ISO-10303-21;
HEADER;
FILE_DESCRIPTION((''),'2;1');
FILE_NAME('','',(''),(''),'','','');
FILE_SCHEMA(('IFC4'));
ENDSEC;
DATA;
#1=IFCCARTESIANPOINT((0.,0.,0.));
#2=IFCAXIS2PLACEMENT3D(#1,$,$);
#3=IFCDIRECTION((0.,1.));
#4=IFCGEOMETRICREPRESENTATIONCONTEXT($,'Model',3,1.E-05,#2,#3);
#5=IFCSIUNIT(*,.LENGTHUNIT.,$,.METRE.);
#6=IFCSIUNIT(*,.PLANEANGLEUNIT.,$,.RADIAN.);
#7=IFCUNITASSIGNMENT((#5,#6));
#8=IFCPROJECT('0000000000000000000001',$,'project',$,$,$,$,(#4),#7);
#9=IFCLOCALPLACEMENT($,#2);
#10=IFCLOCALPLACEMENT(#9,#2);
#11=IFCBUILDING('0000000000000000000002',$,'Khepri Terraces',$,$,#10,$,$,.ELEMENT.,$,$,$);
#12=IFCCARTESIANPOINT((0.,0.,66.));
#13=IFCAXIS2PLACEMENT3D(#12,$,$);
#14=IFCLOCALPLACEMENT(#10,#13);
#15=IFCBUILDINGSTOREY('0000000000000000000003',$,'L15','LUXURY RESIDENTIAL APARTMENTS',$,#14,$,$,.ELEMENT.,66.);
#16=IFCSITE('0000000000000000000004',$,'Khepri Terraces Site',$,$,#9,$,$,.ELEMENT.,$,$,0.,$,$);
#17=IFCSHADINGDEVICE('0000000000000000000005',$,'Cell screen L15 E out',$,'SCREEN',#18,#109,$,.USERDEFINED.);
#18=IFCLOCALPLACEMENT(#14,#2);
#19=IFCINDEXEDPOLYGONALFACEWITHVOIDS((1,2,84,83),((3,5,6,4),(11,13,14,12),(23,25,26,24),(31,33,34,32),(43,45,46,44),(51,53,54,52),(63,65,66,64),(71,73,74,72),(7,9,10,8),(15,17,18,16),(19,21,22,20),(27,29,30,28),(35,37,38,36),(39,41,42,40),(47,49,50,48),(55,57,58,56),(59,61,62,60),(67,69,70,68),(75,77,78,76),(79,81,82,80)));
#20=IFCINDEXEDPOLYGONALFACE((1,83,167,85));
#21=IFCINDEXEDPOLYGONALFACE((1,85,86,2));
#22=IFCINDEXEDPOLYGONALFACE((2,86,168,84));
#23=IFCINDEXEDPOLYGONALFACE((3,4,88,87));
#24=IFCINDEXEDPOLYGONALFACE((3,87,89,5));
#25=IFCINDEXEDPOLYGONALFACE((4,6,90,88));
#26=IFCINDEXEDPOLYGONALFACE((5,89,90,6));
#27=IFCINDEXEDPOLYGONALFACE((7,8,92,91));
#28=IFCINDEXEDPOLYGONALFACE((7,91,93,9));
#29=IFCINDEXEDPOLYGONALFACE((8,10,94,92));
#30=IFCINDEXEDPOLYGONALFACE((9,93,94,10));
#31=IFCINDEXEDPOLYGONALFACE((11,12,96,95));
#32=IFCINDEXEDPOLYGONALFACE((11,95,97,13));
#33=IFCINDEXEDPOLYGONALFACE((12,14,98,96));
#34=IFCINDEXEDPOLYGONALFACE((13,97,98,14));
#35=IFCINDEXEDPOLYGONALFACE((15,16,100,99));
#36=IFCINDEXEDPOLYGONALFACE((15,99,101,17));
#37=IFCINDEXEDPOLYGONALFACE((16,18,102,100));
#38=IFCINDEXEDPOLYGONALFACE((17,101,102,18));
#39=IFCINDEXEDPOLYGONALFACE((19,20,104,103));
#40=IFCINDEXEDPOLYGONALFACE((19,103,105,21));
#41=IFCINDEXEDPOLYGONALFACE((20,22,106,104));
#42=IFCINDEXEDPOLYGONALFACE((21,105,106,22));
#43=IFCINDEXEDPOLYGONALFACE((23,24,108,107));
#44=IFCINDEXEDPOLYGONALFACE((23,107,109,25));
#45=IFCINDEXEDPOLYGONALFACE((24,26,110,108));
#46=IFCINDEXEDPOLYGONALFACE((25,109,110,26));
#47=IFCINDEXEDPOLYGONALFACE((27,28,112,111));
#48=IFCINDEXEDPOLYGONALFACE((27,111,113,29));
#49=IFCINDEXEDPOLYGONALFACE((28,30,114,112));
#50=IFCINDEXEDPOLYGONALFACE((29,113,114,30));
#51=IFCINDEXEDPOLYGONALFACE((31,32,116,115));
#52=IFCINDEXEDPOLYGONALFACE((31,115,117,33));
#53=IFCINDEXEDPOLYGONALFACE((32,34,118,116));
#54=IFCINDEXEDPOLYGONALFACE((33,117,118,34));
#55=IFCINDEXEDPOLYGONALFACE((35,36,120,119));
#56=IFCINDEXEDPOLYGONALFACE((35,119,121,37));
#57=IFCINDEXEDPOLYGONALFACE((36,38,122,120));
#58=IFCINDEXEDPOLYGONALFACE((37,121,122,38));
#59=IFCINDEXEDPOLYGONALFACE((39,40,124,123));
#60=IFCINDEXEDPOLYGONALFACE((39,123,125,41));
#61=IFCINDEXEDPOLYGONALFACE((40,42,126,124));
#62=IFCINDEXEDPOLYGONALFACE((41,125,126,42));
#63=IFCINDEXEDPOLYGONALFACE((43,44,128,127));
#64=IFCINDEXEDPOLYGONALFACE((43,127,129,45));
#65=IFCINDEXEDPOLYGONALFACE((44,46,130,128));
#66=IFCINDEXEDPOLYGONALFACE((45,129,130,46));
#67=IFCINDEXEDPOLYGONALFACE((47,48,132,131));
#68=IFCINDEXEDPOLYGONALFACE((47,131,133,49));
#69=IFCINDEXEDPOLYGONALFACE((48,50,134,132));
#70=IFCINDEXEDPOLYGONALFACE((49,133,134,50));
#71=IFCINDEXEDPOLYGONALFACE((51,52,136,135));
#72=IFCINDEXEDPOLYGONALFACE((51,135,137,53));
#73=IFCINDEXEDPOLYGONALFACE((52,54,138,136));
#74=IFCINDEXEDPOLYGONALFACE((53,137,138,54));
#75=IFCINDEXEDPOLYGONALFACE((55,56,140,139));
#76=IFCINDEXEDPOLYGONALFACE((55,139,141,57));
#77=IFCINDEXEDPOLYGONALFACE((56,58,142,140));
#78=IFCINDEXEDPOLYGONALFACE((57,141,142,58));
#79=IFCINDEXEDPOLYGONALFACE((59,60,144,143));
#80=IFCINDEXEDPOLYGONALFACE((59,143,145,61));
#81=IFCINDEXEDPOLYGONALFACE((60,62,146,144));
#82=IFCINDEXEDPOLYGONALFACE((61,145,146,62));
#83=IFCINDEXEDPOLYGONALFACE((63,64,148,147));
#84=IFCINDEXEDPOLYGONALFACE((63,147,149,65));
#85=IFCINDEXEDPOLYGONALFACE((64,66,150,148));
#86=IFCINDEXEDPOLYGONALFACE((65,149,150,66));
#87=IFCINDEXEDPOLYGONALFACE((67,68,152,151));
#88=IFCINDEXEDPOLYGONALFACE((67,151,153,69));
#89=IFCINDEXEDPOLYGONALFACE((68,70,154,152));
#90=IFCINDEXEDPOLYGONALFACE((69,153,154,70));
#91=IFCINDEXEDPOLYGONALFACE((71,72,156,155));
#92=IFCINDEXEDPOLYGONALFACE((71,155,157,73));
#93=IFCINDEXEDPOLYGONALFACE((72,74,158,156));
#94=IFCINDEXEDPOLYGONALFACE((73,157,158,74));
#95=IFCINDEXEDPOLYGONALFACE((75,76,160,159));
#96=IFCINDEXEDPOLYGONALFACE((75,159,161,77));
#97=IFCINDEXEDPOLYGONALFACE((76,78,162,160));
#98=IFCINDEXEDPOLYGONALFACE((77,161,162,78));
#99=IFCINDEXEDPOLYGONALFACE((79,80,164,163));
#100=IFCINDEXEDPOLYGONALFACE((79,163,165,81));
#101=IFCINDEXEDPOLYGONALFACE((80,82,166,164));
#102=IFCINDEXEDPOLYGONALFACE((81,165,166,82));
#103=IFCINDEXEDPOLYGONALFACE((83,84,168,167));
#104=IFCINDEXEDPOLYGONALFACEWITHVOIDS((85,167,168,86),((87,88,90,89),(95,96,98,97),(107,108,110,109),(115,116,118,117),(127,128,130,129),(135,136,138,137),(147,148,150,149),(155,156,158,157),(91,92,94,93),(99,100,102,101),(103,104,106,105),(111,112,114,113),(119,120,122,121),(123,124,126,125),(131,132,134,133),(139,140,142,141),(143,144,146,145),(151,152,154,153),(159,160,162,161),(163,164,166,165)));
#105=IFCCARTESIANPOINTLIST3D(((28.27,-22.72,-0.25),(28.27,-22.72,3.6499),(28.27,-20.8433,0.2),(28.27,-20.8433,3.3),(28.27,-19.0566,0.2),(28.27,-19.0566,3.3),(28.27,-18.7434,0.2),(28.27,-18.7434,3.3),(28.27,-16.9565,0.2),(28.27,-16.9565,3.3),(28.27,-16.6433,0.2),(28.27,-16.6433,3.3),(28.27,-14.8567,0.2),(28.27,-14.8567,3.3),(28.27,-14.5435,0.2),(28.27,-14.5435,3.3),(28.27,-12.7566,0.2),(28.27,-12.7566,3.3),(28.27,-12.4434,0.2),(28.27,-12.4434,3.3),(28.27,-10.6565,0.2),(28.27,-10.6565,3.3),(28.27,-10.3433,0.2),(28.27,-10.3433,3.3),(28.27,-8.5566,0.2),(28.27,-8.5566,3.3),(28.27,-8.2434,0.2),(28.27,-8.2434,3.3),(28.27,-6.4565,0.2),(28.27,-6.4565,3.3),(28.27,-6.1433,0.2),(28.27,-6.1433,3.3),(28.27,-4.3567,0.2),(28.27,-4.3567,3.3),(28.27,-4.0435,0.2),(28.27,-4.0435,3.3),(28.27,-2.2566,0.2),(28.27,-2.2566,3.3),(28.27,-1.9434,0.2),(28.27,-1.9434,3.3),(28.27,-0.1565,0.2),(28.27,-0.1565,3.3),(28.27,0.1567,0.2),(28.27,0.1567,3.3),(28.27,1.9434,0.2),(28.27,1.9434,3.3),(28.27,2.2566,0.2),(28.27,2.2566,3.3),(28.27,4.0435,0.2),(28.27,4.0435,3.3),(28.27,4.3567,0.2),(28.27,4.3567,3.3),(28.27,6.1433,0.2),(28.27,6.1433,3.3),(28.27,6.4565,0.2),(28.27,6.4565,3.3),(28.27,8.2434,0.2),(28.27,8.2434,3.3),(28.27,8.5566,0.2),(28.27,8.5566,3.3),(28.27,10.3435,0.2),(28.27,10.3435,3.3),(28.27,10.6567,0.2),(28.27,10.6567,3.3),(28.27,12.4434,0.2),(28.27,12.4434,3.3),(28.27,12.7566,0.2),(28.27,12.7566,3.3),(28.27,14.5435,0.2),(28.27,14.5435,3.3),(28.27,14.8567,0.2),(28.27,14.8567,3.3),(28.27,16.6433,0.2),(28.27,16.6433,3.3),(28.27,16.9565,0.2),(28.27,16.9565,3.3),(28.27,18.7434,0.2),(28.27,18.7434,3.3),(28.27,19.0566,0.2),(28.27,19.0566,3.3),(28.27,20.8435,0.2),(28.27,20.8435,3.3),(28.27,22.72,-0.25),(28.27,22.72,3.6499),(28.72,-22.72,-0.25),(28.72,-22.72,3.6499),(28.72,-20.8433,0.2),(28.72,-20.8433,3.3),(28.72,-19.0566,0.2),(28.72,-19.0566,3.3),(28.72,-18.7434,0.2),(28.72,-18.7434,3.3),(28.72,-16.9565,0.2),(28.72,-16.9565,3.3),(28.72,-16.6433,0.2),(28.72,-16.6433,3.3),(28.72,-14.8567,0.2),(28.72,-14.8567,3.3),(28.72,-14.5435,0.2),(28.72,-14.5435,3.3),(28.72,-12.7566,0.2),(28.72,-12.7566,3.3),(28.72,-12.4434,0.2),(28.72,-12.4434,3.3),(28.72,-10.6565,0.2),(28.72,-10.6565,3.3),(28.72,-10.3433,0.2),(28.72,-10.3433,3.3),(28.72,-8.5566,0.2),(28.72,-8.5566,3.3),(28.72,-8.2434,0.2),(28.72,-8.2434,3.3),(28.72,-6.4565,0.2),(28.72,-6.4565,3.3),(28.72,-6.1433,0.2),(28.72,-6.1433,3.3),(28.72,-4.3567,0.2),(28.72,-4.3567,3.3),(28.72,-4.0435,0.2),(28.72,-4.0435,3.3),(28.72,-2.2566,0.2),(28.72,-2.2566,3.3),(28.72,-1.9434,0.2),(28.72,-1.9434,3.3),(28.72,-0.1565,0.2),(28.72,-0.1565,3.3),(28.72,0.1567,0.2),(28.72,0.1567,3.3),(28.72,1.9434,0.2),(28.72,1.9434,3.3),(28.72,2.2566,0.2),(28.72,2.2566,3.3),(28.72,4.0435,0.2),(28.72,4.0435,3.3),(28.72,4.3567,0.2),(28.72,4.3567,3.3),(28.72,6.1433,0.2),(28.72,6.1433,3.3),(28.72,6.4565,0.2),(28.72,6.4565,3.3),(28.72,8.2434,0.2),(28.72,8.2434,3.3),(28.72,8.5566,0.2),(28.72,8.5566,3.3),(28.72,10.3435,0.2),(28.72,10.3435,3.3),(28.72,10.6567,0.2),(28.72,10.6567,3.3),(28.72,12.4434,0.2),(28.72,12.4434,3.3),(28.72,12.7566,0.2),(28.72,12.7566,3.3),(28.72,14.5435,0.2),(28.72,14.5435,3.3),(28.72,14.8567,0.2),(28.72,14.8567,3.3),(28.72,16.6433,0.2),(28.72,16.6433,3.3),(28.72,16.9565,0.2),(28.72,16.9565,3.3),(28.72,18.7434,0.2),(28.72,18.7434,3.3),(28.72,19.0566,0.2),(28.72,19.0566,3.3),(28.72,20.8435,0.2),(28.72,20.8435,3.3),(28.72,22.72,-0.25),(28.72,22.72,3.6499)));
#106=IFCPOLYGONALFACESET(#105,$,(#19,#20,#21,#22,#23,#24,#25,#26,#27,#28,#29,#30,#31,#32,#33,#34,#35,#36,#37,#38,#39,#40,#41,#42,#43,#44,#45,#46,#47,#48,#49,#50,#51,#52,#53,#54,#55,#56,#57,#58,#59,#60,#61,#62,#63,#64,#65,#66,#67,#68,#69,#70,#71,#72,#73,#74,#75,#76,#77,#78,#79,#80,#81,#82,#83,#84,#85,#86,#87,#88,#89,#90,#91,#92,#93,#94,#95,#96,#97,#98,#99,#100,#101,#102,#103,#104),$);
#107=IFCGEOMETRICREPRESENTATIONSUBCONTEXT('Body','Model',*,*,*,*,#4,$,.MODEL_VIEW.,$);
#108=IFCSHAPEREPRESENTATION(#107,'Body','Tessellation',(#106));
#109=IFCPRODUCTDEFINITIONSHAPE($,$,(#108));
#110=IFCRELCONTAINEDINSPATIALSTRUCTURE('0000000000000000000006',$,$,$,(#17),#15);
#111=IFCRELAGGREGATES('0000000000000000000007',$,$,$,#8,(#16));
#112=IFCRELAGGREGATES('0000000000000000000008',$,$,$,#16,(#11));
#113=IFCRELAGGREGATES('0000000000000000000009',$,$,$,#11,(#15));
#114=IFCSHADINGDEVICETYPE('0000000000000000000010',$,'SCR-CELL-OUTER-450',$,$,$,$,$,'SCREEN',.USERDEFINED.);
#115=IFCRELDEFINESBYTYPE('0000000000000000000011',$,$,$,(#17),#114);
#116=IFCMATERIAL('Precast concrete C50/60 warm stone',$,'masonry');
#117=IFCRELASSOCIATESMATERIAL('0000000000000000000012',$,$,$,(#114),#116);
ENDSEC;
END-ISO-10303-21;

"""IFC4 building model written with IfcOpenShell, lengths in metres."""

from ifc_helpers import new_model, si_unit, direction, frame, origin, place, context, subcontext, project, spatial, polyline, outline, extrude, material, type_object, element, save


model = new_model("IFC4")

# Units and contexts
model_context = context("Model", 3, precision=1e-05, world=origin(), true_north=direction((0.0, 1.0)))
body_context = subcontext(model_context, "Body", "Model", "MODEL_VIEW")
ifc_project = project(units=[si_unit("LENGTHUNIT", "METRE"), si_unit("PLANEANGLEUNIT", "RADIAN")], contexts=[model_context])

# Site, building, storey
site_placement = place(None, origin())
site = spatial("IfcSite", under=ifc_project, at=site_placement, Name="Khepri Terraces Site", CompositionType="ELEMENT", RefElevation=0.0)
building_placement = place(site_placement, origin())
building = spatial("IfcBuilding", under=site, at=building_placement, Name="Khepri Terraces", CompositionType="ELEMENT")
storey_placement = place(building_placement, frame((0.0, 0.0, 66.0)))
storey = spatial("IfcBuildingStorey", under=building, at=storey_placement, Name="L15", Description="LUXURY RESIDENTIAL APARTMENTS", CompositionType="ELEMENT", Elevation=66.0)

# Shared definitions
ifc_material_1 = material(Name="Precast concrete C50/60 warm stone", Category="masonry")

# Shading device
shading_device_type_1 = type_object("IfcShadingDeviceType", Name="SCR-CELL-OUTER-450", ElementType="SCREEN", PredefinedType="USERDEFINED", material=ifc_material_1)
shading_device_1_placement = place(storey_placement, frame((28.27, -22.72, -0.25), z_axis=(1.0, 0.0, 0.0), x_axis=(0.0, 1.0, 0.0)))
element("IfcShadingDevice", 1, at=shading_device_1_placement, inside=storey, type_object=shading_device_type_1, Name="Cell screen L15 E out", ObjectType="SCREEN", PredefinedType="USERDEFINED", context=body_context, shape_type="SweptSolid", body=[
    extrude(outline(polyline([(0.0, 0.0), (45.4399, 0.0), (45.4399, 3.8999), (0.0, 3.8999), (0.0, 0.0)]), holes=[polyline([(1.8767, 0.45), (3.6633, 0.45), (3.6633, 3.55), (1.8767, 3.55), (1.8767, 0.45)]), polyline([(3.9766, 0.45), (5.7634, 0.45), (5.7634, 3.55), (3.9766, 3.55), (3.9766, 0.45)]), polyline([(6.0767, 0.45), (7.8633, 0.45), (7.8633, 3.55), (6.0767, 3.55), (6.0767, 0.45)]), polyline([(8.1765, 0.45), (9.9634, 0.45), (9.9634, 3.55), (8.1765, 3.55), (8.1765, 0.45)]), polyline([(10.2766, 0.45), (12.0635, 0.45), (12.0635, 3.55), (10.2766, 3.55), (10.2766, 0.45)]), polyline([(12.3767, 0.45), (14.1633, 0.45), (14.1633, 3.55), (12.3767, 3.55), (12.3767, 0.45)]), polyline([(14.4766, 0.45), (16.2634, 0.45), (16.2634, 3.55), (14.4766, 3.55), (14.4766, 0.45)]), polyline([(16.5767, 0.45), (18.3633, 0.45), (18.3633, 3.55), (16.5767, 3.55), (16.5767, 0.45)]), polyline([(18.6765, 0.45), (20.4634, 0.45), (20.4634, 3.55), (18.6765, 3.55), (18.6765, 0.45)]), polyline([(20.7766, 0.45), (22.5635, 0.45), (22.5635, 3.55), (20.7766, 3.55), (20.7766, 0.45)]), polyline([(22.8767, 0.45), (24.6633, 0.45), (24.6633, 3.55), (22.8767, 3.55), (22.8767, 0.45)]), polyline([(24.9766, 0.45), (26.7634, 0.45), (26.7634, 3.55), (24.9766, 3.55), (24.9766, 0.45)]), polyline([(27.0767, 0.45), (28.8633, 0.45), (28.8633, 3.55), (27.0767, 3.55), (27.0767, 0.45)]), polyline([(29.1765, 0.45), (30.9634, 0.45), (30.9634, 3.55), (29.1765, 3.55), (29.1765, 0.45)]), polyline([(31.2766, 0.45), (33.0635, 0.45), (33.0635, 3.55), (31.2766, 3.55), (31.2766, 0.45)]), polyline([(33.3767, 0.45), (35.1633, 0.45), (35.1633, 3.55), (33.3767, 3.55), (33.3767, 0.45)]), polyline([(35.4766, 0.45), (37.2634, 0.45), (37.2634, 3.55), (35.4766, 3.55), (35.4766, 0.45)]), polyline([(37.5767, 0.45), (39.3633, 0.45), (39.3633, 3.55), (37.5767, 3.55), (37.5767, 0.45)]), polyline([(39.6765, 0.45), (41.4634, 0.45), (41.4634, 3.55), (39.6765, 3.55), (39.6765, 0.45)]), polyline([(41.7766, 0.45), (43.5635, 0.45), (43.5635, 3.55), (41.7766, 3.55), (41.7766, 0.45)])]), origin(), (0.0, 0.0, 1.0), 0.45),
])

save(model, "model.ifc")
